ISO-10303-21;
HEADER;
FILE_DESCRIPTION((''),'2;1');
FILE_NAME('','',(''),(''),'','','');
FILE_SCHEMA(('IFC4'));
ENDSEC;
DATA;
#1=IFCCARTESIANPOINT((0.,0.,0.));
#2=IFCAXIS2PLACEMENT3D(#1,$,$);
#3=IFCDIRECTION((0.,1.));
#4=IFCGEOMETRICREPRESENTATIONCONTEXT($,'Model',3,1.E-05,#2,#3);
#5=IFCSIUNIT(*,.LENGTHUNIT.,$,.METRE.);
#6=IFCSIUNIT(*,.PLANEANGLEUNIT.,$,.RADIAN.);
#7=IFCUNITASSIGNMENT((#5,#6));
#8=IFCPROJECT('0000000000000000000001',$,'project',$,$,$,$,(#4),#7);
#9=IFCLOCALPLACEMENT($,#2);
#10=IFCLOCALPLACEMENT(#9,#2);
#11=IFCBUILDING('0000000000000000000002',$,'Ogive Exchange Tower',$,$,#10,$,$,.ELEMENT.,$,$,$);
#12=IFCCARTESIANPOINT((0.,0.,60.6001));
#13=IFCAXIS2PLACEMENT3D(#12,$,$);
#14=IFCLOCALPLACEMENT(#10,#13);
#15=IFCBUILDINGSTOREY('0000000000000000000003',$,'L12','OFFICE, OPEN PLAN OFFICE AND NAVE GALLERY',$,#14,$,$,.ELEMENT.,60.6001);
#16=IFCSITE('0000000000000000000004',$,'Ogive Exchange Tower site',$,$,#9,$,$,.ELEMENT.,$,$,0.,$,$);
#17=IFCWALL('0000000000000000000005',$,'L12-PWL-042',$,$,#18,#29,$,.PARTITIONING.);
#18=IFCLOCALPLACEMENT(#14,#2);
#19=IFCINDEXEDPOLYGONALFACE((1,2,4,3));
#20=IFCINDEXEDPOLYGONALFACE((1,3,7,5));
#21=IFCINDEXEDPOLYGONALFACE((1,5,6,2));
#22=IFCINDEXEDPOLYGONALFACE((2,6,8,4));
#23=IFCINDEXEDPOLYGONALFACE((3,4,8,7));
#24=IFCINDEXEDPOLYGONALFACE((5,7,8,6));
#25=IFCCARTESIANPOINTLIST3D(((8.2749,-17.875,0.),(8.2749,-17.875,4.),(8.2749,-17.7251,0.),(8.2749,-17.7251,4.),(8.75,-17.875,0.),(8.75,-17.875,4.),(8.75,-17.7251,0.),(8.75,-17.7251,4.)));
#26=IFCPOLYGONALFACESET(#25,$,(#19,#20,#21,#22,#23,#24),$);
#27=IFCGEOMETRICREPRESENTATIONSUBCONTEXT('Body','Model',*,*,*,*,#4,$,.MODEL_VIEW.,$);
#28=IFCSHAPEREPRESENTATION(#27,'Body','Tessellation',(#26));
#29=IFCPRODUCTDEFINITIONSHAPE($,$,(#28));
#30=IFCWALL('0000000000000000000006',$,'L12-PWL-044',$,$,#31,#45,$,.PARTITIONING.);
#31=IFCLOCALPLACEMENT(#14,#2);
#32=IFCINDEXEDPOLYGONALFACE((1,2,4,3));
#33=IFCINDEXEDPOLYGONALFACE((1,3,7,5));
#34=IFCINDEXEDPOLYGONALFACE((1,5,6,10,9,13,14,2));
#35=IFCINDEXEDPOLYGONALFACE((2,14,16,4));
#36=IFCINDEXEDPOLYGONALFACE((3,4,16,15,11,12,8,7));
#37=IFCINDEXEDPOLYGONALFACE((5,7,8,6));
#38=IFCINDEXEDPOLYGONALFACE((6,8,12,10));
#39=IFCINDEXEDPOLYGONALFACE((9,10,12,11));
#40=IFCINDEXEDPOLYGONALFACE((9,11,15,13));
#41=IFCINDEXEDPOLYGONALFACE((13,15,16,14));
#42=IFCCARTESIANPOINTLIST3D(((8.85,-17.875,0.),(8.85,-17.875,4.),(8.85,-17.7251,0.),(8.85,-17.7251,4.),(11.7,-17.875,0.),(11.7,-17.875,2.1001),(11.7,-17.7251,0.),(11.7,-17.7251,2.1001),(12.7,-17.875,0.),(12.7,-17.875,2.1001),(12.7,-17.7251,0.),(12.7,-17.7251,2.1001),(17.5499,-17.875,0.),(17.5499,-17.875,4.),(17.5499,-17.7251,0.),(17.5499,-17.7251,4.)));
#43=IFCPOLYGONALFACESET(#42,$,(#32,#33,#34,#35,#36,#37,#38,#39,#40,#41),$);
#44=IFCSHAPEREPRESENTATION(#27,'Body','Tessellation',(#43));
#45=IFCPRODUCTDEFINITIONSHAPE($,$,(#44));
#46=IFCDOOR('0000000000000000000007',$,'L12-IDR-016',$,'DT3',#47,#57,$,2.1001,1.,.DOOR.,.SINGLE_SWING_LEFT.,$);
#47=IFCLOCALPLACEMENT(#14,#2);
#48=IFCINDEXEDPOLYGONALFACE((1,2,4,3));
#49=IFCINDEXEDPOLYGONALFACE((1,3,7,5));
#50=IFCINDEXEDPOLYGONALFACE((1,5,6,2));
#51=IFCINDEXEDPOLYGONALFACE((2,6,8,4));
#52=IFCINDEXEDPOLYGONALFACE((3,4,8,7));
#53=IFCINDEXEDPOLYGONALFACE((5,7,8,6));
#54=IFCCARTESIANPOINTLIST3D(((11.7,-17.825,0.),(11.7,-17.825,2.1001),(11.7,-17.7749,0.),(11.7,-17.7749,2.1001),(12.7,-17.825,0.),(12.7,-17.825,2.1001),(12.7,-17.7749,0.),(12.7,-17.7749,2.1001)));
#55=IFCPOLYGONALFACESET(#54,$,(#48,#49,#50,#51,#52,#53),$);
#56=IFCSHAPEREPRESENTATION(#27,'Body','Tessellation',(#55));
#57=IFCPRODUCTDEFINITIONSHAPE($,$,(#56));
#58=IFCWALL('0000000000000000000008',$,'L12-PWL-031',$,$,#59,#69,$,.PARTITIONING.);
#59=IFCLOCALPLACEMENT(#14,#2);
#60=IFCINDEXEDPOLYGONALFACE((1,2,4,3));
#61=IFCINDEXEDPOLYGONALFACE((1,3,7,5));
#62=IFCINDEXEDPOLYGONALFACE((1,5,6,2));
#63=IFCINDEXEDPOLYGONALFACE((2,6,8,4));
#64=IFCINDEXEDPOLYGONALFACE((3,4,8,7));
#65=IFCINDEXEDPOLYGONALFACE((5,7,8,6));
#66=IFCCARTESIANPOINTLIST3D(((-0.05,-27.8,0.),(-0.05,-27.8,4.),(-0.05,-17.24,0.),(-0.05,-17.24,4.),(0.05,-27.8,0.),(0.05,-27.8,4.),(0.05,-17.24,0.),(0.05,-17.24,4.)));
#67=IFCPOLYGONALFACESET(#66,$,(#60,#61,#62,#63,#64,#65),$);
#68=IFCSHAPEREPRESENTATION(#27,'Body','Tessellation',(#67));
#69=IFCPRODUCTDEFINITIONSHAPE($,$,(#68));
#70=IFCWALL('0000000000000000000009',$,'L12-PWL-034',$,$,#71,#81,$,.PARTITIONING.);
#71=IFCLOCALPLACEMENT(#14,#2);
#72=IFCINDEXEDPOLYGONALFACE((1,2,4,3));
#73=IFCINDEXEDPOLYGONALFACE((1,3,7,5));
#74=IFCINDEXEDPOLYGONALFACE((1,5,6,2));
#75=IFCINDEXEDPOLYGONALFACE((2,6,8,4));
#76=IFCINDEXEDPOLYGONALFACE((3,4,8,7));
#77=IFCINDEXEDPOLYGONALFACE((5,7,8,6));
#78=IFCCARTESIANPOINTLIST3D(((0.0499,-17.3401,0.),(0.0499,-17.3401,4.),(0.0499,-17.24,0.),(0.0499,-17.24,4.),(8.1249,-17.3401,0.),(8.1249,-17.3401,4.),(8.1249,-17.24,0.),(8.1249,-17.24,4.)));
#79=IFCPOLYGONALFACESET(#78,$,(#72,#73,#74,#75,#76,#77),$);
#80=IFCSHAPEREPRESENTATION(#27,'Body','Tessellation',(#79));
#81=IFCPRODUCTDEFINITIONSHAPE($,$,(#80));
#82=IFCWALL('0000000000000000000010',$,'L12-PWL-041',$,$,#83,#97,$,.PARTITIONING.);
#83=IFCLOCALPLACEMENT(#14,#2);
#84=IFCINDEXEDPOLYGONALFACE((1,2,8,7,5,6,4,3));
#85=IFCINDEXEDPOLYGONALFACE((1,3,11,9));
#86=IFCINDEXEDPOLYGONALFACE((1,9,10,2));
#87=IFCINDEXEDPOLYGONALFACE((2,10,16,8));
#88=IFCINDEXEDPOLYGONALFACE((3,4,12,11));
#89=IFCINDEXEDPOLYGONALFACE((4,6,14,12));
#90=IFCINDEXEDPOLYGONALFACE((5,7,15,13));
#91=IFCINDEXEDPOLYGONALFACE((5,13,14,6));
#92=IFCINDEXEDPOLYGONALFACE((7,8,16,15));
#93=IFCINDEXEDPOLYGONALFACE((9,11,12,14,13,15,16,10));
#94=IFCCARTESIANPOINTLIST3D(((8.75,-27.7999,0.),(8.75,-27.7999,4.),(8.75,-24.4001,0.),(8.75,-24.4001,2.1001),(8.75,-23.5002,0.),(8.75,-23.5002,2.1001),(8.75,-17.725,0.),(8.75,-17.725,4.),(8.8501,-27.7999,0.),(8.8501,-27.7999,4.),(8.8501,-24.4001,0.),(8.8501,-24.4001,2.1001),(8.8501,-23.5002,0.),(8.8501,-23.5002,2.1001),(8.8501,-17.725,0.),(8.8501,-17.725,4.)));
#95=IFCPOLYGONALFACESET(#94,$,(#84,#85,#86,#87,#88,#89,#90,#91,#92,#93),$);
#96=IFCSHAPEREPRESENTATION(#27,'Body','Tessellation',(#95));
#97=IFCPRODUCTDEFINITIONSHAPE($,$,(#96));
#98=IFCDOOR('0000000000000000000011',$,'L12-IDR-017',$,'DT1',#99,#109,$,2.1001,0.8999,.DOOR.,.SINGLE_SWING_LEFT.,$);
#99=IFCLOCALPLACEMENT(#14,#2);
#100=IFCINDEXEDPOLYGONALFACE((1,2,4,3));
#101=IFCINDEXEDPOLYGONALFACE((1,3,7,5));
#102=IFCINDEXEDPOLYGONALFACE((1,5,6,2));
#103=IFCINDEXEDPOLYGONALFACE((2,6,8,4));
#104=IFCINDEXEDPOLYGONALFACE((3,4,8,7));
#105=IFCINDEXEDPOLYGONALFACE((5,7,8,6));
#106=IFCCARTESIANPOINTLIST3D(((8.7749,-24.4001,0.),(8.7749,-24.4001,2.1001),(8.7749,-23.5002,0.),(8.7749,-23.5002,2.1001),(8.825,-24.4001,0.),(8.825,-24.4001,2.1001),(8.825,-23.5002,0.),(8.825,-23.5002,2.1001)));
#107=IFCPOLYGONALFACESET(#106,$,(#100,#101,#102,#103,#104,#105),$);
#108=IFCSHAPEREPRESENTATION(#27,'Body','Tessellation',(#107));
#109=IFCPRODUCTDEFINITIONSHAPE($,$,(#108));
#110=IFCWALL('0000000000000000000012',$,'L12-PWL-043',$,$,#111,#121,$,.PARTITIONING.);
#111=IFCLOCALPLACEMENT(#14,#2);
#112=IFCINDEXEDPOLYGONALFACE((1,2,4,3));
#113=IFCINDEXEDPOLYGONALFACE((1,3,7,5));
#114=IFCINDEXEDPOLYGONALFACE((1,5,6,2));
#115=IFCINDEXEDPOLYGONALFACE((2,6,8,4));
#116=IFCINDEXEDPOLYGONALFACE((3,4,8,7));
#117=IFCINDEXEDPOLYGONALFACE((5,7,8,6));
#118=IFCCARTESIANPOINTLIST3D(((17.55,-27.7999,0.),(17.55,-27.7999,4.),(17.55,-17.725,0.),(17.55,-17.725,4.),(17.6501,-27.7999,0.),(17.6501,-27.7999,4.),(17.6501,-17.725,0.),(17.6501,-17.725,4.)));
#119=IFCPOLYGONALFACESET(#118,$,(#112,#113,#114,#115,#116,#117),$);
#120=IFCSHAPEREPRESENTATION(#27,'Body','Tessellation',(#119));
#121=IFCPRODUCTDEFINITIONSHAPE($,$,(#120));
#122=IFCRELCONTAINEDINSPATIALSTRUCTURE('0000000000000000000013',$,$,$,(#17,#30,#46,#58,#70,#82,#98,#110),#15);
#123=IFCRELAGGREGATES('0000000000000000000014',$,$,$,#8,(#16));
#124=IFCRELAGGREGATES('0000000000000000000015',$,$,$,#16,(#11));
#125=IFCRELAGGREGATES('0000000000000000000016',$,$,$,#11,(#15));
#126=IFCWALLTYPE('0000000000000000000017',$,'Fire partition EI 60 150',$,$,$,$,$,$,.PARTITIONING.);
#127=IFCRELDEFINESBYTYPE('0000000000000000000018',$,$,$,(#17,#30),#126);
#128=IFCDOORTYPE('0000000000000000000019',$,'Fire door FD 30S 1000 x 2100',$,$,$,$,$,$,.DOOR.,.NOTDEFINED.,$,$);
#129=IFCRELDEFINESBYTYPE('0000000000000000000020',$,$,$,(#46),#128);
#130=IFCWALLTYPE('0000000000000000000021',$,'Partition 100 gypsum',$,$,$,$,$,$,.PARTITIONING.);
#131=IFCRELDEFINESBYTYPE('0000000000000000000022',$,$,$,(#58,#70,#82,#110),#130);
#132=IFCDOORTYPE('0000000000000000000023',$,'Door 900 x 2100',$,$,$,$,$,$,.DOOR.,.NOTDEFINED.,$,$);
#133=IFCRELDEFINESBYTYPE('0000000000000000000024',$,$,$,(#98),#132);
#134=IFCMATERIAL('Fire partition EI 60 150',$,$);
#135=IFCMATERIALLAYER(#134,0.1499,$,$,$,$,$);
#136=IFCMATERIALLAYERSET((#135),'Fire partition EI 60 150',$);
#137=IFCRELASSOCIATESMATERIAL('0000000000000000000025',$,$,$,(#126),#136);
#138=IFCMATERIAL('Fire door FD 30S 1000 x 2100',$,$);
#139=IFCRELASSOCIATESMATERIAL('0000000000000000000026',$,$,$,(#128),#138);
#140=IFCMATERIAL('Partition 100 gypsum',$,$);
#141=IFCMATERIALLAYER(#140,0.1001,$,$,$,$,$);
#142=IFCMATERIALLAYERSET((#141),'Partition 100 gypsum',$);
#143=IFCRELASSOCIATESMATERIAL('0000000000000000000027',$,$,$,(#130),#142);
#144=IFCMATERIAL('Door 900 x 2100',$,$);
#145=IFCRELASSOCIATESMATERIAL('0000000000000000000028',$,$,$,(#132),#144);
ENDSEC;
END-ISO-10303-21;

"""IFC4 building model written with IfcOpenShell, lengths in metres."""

from ifc_helpers import new_model, si_unit, direction, frame, frame_2d, origin, place, context, subcontext, project, spatial, rectangle, extrude, material, layer, layer_set, type_object, element, fill, save


model = new_model("IFC4")

# Units and contexts
model_context = context("Model", 3, precision=1e-05, world=origin(), true_north=direction((0.0, 1.0)))
body_context = subcontext(model_context, "Body", "Model", "MODEL_VIEW")
ifc_project = project(units=[si_unit("LENGTHUNIT", "METRE"), si_unit("PLANEANGLEUNIT", "RADIAN")], contexts=[model_context])

# Site, building, storey
site_placement = place(None, origin())
site = spatial("IfcSite", under=ifc_project, at=site_placement, Name="Ogive Exchange Tower site", CompositionType="ELEMENT", RefElevation=0.0)
building_placement = place(site_placement, origin())
building = spatial("IfcBuilding", under=site, at=building_placement, Name="Ogive Exchange Tower", CompositionType="ELEMENT")
storey_placement = place(building_placement, frame((0.0, 0.0, 60.6001)))
storey = spatial("IfcBuildingStorey", under=building, at=storey_placement, Name="L12", Description="OFFICE, OPEN PLAN OFFICE AND NAVE GALLERY", CompositionType="ELEMENT", Elevation=60.6001)

# Shared definitions
ifc_material_1 = material(Name="Fire partition EI 60 150")
ifc_layer_1 = layer(ifc_material_1, 0.1499)
ifc_layer_set_1 = layer_set([ifc_layer_1], Name="Fire partition EI 60 150")
wall_type_1 = type_object("IfcWallType", Name="Fire partition EI 60 150", PredefinedType="PARTITIONING", material=ifc_layer_set_1)

# Shared definitions
ifc_material_2 = material(Name="Fire door FD 30S 1000 x 2100")
door_type_1 = type_object("IfcDoorType", Name="Fire door FD 30S 1000 x 2100", OperationType="NOTDEFINED", PredefinedType="DOOR", material=ifc_material_2)

# Wall
wall_1_placement = place(storey_placement, frame((8.75, -17.8, 0.0), z_axis=(0.0, 0.0, 1.0), x_axis=(-1.0, 0.0, 0.0)))
element("IfcWall", 1, at=wall_1_placement, inside=storey, type_object=wall_type_1, Name="L12-PWL-042", PredefinedType="PARTITIONING", context=body_context, shape_type="SweptSolid", body=[
    extrude(rectangle(XDim=0.4751, YDim=0.1499, at=frame_2d((0.2375, 0.0))), origin(), (0.0, 0.0, 1.0), 4.0),
])

# Wall, opening, door
wall_2_placement = place(storey_placement, frame((17.55, -17.8, 0.0), z_axis=(0.0, 0.0, 1.0), x_axis=(-1.0, 0.0, 0.0)))
wall_2 = element("IfcWall", 2, at=wall_2_placement, inside=storey, type_object=wall_type_1, Name="L12-PWL-044", PredefinedType="PARTITIONING", context=body_context, shape_type="SweptSolid", body=[
    extrude(rectangle(XDim=8.7, YDim=0.1499, at=frame_2d((4.3501, 0.0))), origin(), (0.0, 0.0, 1.0), 4.0),
])
opening_1_placement = place(wall_2_placement, frame((4.8501, 0.0, 0.0)))
opening_1 = element("IfcOpeningElement", 3, at=opening_1_placement, cuts=wall_2, PredefinedType="OPENING", context=body_context, shape_type="SweptSolid", body=[
    extrude(rectangle(XDim=1.0, YDim=2.1001, at=frame_2d((0.5, 1.05))), frame((0.0, 0.085, 0.0), z_axis=(0.0, -1.0, 0.0), x_axis=(1.0, 0.0, 0.0)), (0.0, 0.0, 1.0), 0.1699),
])
door_1_placement = place(opening_1_placement, origin())
door_1 = element("IfcDoor", 4, at=door_1_placement, inside=storey, type_object=door_type_1, Name="L12-IDR-016", ObjectType="DT3", OperationType="SINGLE_SWING_LEFT", OverallHeight=2.1001, OverallWidth=1.0, PredefinedType="DOOR", context=body_context, shape_type="SweptSolid", body=[
    extrude(rectangle(XDim=1.0, YDim=2.1001, at=frame_2d((0.5, 1.05))), frame((0.0, 0.0249, 0.0), z_axis=(0.0, -1.0, 0.0), x_axis=(1.0, 0.0, 0.0)), (0.0, 0.0, 1.0), 0.05),
])
fill(opening_1, door_1)

# Walls
ifc_material_3 = material(Name="Partition 100 gypsum")
ifc_layer_2 = layer(ifc_material_3, 0.1001)
ifc_layer_set_2 = layer_set([ifc_layer_2], Name="Partition 100 gypsum")
wall_type_2 = type_object("IfcWallType", Name="Partition 100 gypsum", PredefinedType="PARTITIONING", material=ifc_layer_set_2)
wall_3_placement = place(storey_placement, frame((0.0, -27.8, 0.0), z_axis=(0.0, 0.0, 1.0), x_axis=(0.0, 1.0, 0.0)))
element("IfcWall", 5, at=wall_3_placement, inside=storey, type_object=wall_type_2, Name="L12-PWL-031", PredefinedType="PARTITIONING", context=body_context, shape_type="SweptSolid", body=[
    extrude(rectangle(XDim=10.5601, YDim=0.1001, at=frame_2d((5.28, 0.0))), origin(), (0.0, 0.0, 1.0), 4.0),
])
wall_4_placement = place(storey_placement, frame((8.125, -17.29, 0.0), z_axis=(0.0, 0.0, 1.0), x_axis=(-1.0, 0.0, 0.0)))
element("IfcWall", 6, at=wall_4_placement, inside=storey, type_object=wall_type_2, Name="L12-PWL-034", PredefinedType="PARTITIONING", context=body_context, shape_type="SweptSolid", body=[
    extrude(rectangle(XDim=8.075, YDim=0.1001, at=frame_2d((4.0376, 0.0))), origin(), (0.0, 0.0, 1.0), 4.0),
])

# Wall, opening, door
wall_5_placement = place(storey_placement, frame((8.8, -27.8, 0.0), z_axis=(0.0, 0.0, 1.0), x_axis=(0.0, 1.0, 0.0)))
wall_5 = element("IfcWall", 7, at=wall_5_placement, inside=storey, type_object=wall_type_2, Name="L12-PWL-041", PredefinedType="PARTITIONING", context=body_context, shape_type="SweptSolid", body=[
    extrude(rectangle(XDim=10.075, YDim=0.1001, at=frame_2d((5.0376, 0.0))), origin(), (0.0, 0.0, 1.0), 4.0),
])
opening_2_placement = place(wall_5_placement, frame((3.3999, 0.0, 0.0)))
opening_2 = element("IfcOpeningElement", 8, at=opening_2_placement, cuts=wall_5, PredefinedType="OPENING", context=body_context, shape_type="SweptSolid", body=[
    extrude(rectangle(XDim=0.8999, YDim=2.1001, at=frame_2d((0.45, 1.05))), frame((0.0, 0.0601, 0.0), z_axis=(0.0, -1.0, 0.0), x_axis=(1.0, 0.0, 0.0)), (0.0, 0.0, 1.0), 0.1201),
])
ifc_material_4 = material(Name="Door 900 x 2100")
door_type_2 = type_object("IfcDoorType", Name="Door 900 x 2100", OperationType="NOTDEFINED", PredefinedType="DOOR", material=ifc_material_4)
door_2_placement = place(opening_2_placement, frame((0.8999, 0.0, 0.0), z_axis=(0.0, 0.0, 1.0), x_axis=(-1.0, 0.0, 0.0)))
door_2 = element("IfcDoor", 9, at=door_2_placement, inside=storey, type_object=door_type_2, Name="L12-IDR-017", ObjectType="DT1", OperationType="SINGLE_SWING_LEFT", OverallHeight=2.1001, OverallWidth=0.8999, PredefinedType="DOOR", context=body_context, shape_type="SweptSolid", body=[
    extrude(rectangle(XDim=0.8999, YDim=2.1001, at=frame_2d((0.45, 1.05))), frame((0.0, 0.0249, 0.0), z_axis=(0.0, -1.0, 0.0), x_axis=(1.0, 0.0, 0.0)), (0.0, 0.0, 1.0), 0.05),
])
fill(opening_2, door_2)

# Wall
wall_6_placement = place(storey_placement, frame((17.6001, -27.8, 0.0), z_axis=(0.0, 0.0, 1.0), x_axis=(0.0, 1.0, 0.0)))
element("IfcWall", 10, at=wall_6_placement, inside=storey, type_object=wall_type_2, Name="L12-PWL-043", PredefinedType="PARTITIONING", context=body_context, shape_type="SweptSolid", body=[
    extrude(rectangle(XDim=10.075, YDim=0.1001, at=frame_2d((5.0376, 0.0))), origin(), (0.0, 0.0, 1.0), 4.0),
])

save(model, "model.ifc")
